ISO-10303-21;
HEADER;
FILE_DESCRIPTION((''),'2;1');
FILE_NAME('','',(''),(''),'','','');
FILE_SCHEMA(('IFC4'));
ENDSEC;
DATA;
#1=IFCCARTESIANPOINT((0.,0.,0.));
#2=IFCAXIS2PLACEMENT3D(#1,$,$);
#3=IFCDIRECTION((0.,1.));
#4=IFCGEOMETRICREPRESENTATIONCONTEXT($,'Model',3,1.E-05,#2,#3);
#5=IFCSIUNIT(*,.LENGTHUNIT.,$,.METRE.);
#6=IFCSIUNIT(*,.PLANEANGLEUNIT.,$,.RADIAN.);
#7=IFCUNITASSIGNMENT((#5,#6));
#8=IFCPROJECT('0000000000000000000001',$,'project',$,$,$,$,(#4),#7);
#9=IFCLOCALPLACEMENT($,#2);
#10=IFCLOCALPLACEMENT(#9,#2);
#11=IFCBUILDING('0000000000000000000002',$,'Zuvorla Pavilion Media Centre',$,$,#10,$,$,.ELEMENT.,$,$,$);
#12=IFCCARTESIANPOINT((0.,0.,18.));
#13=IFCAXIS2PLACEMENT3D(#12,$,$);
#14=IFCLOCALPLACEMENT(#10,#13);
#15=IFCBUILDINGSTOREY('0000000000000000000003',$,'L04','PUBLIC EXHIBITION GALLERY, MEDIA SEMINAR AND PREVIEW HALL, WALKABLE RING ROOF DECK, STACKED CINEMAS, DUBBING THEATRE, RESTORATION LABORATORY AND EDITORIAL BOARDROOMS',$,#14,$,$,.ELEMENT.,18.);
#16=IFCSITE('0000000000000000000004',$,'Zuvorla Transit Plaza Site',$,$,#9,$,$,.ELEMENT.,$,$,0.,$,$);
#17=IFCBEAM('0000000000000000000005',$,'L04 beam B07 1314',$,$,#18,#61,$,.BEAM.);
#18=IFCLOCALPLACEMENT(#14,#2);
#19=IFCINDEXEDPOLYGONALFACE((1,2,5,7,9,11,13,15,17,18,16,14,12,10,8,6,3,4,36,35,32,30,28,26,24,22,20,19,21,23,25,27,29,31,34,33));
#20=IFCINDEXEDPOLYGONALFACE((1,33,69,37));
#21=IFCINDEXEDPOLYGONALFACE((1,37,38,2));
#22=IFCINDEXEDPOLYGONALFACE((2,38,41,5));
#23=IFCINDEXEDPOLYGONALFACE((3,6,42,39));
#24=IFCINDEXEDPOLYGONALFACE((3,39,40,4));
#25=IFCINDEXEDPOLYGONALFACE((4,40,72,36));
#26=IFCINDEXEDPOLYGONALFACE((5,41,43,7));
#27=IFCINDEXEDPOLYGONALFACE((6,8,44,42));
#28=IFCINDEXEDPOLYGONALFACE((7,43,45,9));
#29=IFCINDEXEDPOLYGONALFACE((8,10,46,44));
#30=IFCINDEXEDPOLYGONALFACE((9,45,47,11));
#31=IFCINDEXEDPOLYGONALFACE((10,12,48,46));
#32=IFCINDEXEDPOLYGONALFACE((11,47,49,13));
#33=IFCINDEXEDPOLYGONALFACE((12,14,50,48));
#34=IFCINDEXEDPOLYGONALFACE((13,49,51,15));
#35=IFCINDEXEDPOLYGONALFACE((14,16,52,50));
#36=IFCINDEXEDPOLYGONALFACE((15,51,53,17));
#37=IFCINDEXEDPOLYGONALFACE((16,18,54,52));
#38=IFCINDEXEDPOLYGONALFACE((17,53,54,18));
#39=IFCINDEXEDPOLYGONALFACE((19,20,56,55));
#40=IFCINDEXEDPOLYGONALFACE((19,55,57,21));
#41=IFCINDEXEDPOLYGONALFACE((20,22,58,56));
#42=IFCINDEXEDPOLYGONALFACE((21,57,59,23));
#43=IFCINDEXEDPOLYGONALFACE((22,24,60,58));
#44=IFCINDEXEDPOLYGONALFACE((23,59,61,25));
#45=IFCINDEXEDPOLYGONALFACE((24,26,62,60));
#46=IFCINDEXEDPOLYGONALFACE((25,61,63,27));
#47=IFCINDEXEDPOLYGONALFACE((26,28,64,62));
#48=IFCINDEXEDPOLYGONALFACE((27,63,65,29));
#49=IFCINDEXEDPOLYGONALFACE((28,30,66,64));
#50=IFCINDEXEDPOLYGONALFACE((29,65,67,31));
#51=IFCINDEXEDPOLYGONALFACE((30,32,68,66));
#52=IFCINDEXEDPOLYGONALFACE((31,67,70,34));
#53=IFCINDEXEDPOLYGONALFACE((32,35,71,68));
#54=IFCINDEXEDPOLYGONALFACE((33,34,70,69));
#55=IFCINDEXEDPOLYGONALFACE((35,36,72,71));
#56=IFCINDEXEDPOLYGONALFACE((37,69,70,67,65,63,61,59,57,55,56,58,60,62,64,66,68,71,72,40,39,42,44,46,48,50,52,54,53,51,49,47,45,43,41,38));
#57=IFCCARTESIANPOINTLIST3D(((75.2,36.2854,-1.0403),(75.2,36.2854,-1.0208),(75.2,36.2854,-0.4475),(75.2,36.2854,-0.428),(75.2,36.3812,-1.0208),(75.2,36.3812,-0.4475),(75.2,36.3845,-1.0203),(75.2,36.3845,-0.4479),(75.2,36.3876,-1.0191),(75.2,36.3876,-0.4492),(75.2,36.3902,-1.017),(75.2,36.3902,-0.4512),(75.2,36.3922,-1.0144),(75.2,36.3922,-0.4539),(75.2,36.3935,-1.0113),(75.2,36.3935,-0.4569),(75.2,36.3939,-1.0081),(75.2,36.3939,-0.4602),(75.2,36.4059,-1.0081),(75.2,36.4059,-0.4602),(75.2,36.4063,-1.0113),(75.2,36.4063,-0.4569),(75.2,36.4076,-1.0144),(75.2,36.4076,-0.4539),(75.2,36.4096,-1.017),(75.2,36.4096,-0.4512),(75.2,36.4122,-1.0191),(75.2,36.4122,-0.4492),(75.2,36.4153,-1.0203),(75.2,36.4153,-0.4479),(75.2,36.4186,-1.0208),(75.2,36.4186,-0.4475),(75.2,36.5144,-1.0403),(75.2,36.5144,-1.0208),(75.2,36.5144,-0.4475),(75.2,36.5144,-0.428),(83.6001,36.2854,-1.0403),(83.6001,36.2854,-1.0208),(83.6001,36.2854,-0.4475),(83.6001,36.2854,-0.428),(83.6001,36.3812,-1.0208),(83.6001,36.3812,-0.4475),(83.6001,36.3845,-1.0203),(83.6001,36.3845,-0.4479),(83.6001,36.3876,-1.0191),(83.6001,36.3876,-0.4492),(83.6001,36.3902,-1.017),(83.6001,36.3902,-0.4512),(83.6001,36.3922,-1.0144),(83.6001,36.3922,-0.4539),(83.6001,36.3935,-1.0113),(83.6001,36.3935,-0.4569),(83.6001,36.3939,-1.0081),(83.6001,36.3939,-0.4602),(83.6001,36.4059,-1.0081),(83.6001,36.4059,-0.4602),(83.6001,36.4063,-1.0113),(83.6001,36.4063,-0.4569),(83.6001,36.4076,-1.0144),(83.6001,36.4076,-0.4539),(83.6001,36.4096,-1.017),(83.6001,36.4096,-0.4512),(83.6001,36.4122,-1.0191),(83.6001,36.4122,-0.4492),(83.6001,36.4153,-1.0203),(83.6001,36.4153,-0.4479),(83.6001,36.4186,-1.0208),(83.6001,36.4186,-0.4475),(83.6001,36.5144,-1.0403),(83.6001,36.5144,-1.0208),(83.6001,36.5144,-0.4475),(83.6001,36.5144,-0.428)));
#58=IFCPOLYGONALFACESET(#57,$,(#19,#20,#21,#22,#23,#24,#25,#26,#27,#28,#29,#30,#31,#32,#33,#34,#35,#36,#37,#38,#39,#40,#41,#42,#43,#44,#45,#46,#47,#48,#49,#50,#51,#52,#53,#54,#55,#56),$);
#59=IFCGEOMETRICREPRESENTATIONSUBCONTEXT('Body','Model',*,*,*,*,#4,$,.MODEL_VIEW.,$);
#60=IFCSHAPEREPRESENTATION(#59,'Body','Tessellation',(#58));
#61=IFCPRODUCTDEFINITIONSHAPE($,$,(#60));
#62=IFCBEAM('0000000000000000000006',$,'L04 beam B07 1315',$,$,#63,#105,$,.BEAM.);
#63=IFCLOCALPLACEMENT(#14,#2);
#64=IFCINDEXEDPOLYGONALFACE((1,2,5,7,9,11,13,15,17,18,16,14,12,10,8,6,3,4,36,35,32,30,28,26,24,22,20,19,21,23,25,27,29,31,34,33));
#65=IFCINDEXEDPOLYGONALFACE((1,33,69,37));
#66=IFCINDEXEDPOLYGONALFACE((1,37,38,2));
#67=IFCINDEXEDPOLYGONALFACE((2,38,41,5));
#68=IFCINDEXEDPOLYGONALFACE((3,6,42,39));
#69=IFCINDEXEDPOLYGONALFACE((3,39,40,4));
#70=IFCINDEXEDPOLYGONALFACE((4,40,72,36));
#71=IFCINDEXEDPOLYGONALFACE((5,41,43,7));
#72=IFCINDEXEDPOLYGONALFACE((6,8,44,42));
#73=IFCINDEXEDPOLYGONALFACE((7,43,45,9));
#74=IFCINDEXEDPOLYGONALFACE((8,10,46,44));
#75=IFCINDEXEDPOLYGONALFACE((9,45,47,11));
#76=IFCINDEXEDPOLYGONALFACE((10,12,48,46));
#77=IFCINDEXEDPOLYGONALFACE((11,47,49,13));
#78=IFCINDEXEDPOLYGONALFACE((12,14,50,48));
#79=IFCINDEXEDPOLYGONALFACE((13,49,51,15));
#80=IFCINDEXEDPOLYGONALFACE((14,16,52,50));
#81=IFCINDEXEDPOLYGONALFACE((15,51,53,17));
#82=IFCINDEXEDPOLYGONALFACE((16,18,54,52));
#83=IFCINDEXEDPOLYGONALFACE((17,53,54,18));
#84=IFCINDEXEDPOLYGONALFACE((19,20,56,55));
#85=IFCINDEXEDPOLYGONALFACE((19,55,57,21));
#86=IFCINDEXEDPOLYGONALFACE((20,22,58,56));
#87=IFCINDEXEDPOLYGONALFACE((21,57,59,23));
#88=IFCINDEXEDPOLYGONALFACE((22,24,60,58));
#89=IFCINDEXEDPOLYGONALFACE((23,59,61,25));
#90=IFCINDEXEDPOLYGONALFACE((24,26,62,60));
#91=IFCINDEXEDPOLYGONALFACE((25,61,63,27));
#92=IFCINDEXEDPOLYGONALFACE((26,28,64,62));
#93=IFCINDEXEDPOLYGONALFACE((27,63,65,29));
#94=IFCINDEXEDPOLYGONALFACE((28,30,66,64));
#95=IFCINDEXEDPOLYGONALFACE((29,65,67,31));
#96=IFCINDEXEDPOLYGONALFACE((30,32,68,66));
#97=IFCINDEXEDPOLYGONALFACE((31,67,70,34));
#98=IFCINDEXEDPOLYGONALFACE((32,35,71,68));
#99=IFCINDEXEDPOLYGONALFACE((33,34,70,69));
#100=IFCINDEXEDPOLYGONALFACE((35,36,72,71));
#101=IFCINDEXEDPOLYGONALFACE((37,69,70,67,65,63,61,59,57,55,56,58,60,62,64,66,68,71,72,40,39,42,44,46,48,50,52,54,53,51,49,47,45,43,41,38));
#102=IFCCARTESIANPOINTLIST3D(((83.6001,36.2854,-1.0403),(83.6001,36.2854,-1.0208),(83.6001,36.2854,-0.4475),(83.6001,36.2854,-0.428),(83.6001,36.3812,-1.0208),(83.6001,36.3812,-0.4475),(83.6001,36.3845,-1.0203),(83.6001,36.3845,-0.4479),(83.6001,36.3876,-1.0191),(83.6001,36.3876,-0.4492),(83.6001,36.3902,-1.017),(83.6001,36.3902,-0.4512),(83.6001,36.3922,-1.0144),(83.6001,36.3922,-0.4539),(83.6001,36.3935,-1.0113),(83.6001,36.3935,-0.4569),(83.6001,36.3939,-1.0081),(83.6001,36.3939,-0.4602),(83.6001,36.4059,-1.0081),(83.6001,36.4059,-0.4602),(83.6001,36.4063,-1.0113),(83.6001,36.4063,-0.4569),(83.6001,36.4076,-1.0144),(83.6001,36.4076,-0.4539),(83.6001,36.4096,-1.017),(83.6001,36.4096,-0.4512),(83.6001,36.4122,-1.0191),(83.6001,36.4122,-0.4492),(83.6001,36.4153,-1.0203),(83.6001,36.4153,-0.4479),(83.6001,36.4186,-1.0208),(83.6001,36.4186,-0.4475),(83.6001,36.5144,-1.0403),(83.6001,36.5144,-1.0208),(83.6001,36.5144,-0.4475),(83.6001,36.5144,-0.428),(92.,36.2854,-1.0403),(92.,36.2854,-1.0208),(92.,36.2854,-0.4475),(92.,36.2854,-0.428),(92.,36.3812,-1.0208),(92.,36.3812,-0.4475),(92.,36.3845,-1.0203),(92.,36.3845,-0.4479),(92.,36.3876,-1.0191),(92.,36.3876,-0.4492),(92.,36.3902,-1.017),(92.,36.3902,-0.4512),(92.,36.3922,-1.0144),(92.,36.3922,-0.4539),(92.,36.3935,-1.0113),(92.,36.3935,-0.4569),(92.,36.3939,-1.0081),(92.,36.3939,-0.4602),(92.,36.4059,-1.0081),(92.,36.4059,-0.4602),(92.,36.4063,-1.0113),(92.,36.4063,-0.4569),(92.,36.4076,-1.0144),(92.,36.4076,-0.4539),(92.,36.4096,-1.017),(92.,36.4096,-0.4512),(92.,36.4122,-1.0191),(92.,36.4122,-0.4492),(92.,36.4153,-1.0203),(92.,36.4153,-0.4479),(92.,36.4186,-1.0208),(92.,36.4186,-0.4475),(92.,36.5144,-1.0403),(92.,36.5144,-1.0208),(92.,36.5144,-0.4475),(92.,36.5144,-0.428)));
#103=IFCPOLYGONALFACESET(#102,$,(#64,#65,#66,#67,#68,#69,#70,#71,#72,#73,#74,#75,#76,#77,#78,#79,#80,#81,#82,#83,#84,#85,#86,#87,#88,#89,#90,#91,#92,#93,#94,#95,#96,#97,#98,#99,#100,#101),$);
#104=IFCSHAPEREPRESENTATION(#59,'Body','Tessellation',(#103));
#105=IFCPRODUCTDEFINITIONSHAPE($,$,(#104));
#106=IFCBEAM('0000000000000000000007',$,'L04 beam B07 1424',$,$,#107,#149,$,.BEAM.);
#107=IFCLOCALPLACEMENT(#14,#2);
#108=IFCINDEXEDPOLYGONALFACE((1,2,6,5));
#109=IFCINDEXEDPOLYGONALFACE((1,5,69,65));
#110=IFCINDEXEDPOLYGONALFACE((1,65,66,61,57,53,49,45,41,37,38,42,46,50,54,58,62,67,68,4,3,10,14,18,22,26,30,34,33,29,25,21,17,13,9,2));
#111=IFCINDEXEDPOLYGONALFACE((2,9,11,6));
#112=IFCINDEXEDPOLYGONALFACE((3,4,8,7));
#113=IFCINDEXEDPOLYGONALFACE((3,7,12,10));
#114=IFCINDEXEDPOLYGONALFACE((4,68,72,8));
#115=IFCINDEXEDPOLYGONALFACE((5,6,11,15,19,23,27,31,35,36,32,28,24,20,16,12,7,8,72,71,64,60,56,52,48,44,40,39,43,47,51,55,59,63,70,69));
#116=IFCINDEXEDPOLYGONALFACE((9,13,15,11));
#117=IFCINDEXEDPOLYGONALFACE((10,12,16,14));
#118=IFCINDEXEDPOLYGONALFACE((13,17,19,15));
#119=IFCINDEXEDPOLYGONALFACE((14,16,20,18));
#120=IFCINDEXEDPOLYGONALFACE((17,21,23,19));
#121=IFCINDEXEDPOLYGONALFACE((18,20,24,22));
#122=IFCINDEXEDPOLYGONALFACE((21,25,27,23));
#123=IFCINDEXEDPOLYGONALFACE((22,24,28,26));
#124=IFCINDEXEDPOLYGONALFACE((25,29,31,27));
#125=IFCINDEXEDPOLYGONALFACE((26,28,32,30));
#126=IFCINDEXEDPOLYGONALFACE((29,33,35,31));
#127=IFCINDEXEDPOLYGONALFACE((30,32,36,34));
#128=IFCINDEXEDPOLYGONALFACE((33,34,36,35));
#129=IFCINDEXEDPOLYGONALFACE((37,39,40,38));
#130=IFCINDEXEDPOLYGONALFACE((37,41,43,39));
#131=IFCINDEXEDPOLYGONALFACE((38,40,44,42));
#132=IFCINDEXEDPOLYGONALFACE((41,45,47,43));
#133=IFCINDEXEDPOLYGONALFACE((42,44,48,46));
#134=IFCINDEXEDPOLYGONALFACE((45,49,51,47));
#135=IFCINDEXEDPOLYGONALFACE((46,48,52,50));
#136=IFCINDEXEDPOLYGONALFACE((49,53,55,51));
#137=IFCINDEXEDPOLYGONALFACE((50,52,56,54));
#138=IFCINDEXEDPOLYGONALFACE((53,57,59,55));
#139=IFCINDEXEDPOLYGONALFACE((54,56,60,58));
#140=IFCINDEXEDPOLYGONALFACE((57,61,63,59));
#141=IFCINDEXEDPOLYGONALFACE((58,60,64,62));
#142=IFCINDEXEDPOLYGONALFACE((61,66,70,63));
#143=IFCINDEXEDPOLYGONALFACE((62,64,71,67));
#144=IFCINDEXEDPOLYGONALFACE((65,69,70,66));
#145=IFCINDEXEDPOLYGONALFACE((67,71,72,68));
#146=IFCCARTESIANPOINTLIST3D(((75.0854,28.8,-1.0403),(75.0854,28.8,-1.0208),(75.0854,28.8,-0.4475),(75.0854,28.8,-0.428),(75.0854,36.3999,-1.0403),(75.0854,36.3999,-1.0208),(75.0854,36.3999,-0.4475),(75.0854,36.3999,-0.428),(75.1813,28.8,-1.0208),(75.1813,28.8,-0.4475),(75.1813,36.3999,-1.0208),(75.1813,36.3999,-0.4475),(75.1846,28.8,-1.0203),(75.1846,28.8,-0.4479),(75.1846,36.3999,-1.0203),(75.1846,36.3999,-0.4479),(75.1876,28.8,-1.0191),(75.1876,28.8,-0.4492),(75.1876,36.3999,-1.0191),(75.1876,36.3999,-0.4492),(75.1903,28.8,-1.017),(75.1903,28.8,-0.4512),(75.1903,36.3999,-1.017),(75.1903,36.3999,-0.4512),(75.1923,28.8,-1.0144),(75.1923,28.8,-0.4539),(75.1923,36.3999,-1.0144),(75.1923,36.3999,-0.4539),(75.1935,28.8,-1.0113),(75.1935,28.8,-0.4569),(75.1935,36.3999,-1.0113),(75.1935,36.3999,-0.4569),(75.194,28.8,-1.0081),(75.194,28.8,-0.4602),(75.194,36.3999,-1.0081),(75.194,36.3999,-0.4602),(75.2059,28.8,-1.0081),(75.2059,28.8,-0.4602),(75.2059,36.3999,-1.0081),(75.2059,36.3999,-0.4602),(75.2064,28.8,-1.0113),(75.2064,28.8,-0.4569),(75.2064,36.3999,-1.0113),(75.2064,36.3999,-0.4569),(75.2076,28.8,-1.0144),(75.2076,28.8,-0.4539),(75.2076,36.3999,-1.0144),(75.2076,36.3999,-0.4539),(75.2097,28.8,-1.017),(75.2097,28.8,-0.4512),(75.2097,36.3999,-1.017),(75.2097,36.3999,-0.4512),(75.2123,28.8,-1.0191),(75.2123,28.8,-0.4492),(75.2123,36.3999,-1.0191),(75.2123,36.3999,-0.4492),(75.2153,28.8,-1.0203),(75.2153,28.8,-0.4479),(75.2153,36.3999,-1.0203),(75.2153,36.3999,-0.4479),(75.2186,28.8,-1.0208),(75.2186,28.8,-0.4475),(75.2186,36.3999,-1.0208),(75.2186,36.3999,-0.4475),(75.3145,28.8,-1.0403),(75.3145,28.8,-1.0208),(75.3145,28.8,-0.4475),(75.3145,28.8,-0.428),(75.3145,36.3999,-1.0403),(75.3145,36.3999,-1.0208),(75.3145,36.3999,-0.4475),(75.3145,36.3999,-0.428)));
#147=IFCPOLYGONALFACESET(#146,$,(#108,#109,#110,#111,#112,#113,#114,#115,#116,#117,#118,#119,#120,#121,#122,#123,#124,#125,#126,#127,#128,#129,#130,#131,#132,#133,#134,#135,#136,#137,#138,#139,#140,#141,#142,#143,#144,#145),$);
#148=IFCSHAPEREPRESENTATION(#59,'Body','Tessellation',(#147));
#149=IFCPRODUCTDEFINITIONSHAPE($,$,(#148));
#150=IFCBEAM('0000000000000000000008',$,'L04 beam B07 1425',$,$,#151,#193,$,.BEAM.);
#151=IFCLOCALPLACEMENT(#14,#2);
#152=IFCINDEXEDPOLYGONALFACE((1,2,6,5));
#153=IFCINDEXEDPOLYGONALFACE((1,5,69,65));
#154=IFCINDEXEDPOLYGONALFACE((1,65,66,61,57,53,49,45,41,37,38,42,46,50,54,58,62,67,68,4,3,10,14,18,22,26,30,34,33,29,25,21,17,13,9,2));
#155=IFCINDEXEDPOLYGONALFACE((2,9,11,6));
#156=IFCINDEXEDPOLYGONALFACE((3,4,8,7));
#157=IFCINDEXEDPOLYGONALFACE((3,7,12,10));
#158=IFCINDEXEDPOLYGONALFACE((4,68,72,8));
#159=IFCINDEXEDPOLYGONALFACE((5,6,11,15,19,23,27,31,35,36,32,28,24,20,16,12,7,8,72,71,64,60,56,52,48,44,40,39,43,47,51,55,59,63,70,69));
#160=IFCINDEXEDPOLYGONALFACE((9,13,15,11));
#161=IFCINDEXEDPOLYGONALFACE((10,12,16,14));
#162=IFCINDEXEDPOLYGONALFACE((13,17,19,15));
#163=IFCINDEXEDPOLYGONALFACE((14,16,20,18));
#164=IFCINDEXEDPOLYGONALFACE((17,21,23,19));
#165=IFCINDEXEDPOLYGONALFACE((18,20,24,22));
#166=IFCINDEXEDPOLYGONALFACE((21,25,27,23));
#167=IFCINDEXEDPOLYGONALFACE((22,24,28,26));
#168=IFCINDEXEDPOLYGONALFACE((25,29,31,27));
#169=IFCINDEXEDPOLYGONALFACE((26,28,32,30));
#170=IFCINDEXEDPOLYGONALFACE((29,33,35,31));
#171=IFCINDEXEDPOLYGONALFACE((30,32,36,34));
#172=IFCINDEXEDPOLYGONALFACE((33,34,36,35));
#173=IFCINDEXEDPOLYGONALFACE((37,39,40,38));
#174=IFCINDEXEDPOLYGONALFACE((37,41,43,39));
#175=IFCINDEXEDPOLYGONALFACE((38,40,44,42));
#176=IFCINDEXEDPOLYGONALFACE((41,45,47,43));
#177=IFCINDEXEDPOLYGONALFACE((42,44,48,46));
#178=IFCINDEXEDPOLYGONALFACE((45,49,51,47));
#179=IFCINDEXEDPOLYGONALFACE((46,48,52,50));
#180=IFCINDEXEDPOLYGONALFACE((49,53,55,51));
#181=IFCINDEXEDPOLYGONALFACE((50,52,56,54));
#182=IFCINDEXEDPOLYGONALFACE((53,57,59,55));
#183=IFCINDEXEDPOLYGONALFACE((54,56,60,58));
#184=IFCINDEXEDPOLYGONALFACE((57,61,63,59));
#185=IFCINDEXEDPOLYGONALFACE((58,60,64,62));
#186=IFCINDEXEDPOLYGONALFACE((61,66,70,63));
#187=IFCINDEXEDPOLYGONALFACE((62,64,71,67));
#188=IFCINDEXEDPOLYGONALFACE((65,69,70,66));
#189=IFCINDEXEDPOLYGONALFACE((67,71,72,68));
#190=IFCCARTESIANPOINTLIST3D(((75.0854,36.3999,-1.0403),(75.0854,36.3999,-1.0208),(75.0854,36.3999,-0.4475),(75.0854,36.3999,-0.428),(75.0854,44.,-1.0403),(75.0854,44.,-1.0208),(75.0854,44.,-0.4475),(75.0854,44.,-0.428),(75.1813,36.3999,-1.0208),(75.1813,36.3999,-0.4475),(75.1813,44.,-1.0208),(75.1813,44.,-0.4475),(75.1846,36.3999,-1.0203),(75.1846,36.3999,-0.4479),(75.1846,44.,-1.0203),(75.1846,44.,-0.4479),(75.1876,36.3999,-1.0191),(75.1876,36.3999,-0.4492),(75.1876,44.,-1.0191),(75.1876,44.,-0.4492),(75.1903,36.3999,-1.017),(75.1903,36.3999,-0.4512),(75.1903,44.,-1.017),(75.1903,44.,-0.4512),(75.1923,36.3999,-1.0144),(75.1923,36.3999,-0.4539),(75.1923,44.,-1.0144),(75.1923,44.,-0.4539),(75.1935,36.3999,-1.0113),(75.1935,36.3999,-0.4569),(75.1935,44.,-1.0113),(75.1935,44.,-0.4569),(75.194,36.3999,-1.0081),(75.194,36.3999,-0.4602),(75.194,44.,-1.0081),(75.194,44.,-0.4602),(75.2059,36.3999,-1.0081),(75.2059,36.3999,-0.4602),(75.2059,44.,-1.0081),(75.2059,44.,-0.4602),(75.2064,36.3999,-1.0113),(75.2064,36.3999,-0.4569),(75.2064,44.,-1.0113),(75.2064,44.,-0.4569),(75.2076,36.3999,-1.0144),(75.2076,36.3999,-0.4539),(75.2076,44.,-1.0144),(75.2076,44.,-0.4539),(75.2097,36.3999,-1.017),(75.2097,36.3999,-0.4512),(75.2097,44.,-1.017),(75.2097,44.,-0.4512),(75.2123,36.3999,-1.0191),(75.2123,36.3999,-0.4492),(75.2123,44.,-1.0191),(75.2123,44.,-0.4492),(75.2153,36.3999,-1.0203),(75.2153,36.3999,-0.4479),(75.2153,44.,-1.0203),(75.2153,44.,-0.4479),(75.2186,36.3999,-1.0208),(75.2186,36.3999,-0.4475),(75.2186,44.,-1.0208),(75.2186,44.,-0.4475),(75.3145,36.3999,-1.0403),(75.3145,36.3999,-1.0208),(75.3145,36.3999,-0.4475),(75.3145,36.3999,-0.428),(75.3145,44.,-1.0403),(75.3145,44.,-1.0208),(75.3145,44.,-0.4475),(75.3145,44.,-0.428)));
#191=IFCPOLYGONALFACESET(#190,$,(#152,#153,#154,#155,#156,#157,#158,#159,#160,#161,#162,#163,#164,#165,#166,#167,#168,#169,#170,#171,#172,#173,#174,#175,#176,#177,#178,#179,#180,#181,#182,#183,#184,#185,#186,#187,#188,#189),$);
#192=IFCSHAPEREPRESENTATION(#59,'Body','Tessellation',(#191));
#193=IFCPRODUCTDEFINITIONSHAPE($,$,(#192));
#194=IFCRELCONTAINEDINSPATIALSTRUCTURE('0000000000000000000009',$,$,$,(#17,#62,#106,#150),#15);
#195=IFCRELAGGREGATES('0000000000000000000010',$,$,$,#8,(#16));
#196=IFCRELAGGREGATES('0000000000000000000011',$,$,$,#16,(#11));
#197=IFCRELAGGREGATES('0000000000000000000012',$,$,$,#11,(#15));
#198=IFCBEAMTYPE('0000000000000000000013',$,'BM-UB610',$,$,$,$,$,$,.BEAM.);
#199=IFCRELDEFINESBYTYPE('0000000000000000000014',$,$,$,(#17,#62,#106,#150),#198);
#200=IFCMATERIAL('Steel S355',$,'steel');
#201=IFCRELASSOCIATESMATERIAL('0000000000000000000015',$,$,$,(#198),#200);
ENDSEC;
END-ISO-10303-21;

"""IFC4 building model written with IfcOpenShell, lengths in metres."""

from ifc_helpers import new_model, si_unit, direction, frame, origin, origin_2d, place, context, subcontext, project, spatial, i_section, extrude, material, material_profile, profile_set, type_object, element, save


model = new_model("IFC4")

# Units and contexts
model_context = context("Model", 3, precision=1e-05, world=origin(), true_north=direction((0.0, 1.0)))
body_context = subcontext(model_context, "Body", "Model", "MODEL_VIEW")
ifc_project = project(units=[si_unit("LENGTHUNIT", "METRE"), si_unit("PLANEANGLEUNIT", "RADIAN")], contexts=[model_context])

# Site, building, storey
site_placement = place(None, origin())
site = spatial("IfcSite", under=ifc_project, at=site_placement, Name="Zuvorla Transit Plaza Site", CompositionType="ELEMENT", RefElevation=0.0)
building_placement = place(site_placement, origin())
building = spatial("IfcBuilding", under=site, at=building_placement, Name="Zuvorla Pavilion Media Centre", CompositionType="ELEMENT")
storey_placement = place(building_placement, frame((0.0, 0.0, 18.0)))
storey = spatial("IfcBuildingStorey", under=building, at=storey_placement, Name="L04", Description="PUBLIC EXHIBITION GALLERY, MEDIA SEMINAR AND PREVIEW HALL, WALKABLE RING ROOF DECK, STACKED CINEMAS, DUBBING THEATRE, RESTORATION LABORATORY AND EDITORIAL BOARDROOMS", CompositionType="ELEMENT", Elevation=18.0)

# Beams
ifc_material_1 = material(Name="Steel S355", Category="steel")
ifc_material_profile_1 = material_profile(ifc_material_1, i_section(OverallWidth=0.229, OverallDepth=0.6123, WebThickness=0.012, FlangeThickness=0.0195, FilletRadius=0.0127, at=origin_2d()), Name="UB 610x229x125")
ifc_profile_set_1 = profile_set([ifc_material_profile_1], Name="Steel S355")
beam_type_1 = type_object("IfcBeamType", Name="BM-UB610", PredefinedType="BEAM", material=ifc_profile_set_1)
beam_1_placement = place(storey_placement, frame((75.2, 36.3999, -0.7341), z_axis=(1.0, 0.0, 0.0), x_axis=(0.0, 1.0, 0.0)))
element("IfcBeam", 1, at=beam_1_placement, inside=storey, type_object=beam_type_1, Name="L04 beam B07 1314", PredefinedType="BEAM", context=body_context, shape_type="SweptSolid", body=[
    extrude(i_section(OverallWidth=0.229, OverallDepth=0.6123, WebThickness=0.012, FlangeThickness=0.0195, FilletRadius=0.0127, at=origin_2d()), origin(), (0.0, 0.0, 1.0), 8.4001),
])
beam_2_placement = place(storey_placement, frame((83.6001, 36.3999, -0.7341), z_axis=(1.0, 0.0, 0.0), x_axis=(0.0, 1.0, 0.0)))
element("IfcBeam", 2, at=beam_2_placement, inside=storey, type_object=beam_type_1, Name="L04 beam B07 1315", PredefinedType="BEAM", context=body_context, shape_type="SweptSolid", body=[
    extrude(i_section(OverallWidth=0.229, OverallDepth=0.6123, WebThickness=0.012, FlangeThickness=0.0195, FilletRadius=0.0127, at=origin_2d()), origin(), (0.0, 0.0, 1.0), 8.3999),
])
beam_3_placement = place(storey_placement, frame((75.2, 28.8, -0.7341), z_axis=(0.0, 1.0, 0.0), x_axis=(-1.0, 0.0, 0.0)))
element("IfcBeam", 3, at=beam_3_placement, inside=storey, type_object=beam_type_1, Name="L04 beam B07 1424", PredefinedType="BEAM", context=body_context, shape_type="SweptSolid", body=[
    extrude(i_section(OverallWidth=0.229, OverallDepth=0.6123, WebThickness=0.012, FlangeThickness=0.0195, FilletRadius=0.0127, at=origin_2d()), origin(), (0.0, 0.0, 1.0), 7.5999),
])
beam_4_placement = place(storey_placement, frame((75.2, 36.3999, -0.7341), z_axis=(0.0, 1.0, 0.0), x_axis=(-1.0, 0.0, 0.0)))
element("IfcBeam", 4, at=beam_4_placement, inside=storey, type_object=beam_type_1, Name="L04 beam B07 1425", PredefinedType="BEAM", context=body_context, shape_type="SweptSolid", body=[
    extrude(i_section(OverallWidth=0.229, OverallDepth=0.6123, WebThickness=0.012, FlangeThickness=0.0195, FilletRadius=0.0127, at=origin_2d()), origin(), (0.0, 0.0, 1.0), 7.6001),
])

save(model, "model.ifc")
